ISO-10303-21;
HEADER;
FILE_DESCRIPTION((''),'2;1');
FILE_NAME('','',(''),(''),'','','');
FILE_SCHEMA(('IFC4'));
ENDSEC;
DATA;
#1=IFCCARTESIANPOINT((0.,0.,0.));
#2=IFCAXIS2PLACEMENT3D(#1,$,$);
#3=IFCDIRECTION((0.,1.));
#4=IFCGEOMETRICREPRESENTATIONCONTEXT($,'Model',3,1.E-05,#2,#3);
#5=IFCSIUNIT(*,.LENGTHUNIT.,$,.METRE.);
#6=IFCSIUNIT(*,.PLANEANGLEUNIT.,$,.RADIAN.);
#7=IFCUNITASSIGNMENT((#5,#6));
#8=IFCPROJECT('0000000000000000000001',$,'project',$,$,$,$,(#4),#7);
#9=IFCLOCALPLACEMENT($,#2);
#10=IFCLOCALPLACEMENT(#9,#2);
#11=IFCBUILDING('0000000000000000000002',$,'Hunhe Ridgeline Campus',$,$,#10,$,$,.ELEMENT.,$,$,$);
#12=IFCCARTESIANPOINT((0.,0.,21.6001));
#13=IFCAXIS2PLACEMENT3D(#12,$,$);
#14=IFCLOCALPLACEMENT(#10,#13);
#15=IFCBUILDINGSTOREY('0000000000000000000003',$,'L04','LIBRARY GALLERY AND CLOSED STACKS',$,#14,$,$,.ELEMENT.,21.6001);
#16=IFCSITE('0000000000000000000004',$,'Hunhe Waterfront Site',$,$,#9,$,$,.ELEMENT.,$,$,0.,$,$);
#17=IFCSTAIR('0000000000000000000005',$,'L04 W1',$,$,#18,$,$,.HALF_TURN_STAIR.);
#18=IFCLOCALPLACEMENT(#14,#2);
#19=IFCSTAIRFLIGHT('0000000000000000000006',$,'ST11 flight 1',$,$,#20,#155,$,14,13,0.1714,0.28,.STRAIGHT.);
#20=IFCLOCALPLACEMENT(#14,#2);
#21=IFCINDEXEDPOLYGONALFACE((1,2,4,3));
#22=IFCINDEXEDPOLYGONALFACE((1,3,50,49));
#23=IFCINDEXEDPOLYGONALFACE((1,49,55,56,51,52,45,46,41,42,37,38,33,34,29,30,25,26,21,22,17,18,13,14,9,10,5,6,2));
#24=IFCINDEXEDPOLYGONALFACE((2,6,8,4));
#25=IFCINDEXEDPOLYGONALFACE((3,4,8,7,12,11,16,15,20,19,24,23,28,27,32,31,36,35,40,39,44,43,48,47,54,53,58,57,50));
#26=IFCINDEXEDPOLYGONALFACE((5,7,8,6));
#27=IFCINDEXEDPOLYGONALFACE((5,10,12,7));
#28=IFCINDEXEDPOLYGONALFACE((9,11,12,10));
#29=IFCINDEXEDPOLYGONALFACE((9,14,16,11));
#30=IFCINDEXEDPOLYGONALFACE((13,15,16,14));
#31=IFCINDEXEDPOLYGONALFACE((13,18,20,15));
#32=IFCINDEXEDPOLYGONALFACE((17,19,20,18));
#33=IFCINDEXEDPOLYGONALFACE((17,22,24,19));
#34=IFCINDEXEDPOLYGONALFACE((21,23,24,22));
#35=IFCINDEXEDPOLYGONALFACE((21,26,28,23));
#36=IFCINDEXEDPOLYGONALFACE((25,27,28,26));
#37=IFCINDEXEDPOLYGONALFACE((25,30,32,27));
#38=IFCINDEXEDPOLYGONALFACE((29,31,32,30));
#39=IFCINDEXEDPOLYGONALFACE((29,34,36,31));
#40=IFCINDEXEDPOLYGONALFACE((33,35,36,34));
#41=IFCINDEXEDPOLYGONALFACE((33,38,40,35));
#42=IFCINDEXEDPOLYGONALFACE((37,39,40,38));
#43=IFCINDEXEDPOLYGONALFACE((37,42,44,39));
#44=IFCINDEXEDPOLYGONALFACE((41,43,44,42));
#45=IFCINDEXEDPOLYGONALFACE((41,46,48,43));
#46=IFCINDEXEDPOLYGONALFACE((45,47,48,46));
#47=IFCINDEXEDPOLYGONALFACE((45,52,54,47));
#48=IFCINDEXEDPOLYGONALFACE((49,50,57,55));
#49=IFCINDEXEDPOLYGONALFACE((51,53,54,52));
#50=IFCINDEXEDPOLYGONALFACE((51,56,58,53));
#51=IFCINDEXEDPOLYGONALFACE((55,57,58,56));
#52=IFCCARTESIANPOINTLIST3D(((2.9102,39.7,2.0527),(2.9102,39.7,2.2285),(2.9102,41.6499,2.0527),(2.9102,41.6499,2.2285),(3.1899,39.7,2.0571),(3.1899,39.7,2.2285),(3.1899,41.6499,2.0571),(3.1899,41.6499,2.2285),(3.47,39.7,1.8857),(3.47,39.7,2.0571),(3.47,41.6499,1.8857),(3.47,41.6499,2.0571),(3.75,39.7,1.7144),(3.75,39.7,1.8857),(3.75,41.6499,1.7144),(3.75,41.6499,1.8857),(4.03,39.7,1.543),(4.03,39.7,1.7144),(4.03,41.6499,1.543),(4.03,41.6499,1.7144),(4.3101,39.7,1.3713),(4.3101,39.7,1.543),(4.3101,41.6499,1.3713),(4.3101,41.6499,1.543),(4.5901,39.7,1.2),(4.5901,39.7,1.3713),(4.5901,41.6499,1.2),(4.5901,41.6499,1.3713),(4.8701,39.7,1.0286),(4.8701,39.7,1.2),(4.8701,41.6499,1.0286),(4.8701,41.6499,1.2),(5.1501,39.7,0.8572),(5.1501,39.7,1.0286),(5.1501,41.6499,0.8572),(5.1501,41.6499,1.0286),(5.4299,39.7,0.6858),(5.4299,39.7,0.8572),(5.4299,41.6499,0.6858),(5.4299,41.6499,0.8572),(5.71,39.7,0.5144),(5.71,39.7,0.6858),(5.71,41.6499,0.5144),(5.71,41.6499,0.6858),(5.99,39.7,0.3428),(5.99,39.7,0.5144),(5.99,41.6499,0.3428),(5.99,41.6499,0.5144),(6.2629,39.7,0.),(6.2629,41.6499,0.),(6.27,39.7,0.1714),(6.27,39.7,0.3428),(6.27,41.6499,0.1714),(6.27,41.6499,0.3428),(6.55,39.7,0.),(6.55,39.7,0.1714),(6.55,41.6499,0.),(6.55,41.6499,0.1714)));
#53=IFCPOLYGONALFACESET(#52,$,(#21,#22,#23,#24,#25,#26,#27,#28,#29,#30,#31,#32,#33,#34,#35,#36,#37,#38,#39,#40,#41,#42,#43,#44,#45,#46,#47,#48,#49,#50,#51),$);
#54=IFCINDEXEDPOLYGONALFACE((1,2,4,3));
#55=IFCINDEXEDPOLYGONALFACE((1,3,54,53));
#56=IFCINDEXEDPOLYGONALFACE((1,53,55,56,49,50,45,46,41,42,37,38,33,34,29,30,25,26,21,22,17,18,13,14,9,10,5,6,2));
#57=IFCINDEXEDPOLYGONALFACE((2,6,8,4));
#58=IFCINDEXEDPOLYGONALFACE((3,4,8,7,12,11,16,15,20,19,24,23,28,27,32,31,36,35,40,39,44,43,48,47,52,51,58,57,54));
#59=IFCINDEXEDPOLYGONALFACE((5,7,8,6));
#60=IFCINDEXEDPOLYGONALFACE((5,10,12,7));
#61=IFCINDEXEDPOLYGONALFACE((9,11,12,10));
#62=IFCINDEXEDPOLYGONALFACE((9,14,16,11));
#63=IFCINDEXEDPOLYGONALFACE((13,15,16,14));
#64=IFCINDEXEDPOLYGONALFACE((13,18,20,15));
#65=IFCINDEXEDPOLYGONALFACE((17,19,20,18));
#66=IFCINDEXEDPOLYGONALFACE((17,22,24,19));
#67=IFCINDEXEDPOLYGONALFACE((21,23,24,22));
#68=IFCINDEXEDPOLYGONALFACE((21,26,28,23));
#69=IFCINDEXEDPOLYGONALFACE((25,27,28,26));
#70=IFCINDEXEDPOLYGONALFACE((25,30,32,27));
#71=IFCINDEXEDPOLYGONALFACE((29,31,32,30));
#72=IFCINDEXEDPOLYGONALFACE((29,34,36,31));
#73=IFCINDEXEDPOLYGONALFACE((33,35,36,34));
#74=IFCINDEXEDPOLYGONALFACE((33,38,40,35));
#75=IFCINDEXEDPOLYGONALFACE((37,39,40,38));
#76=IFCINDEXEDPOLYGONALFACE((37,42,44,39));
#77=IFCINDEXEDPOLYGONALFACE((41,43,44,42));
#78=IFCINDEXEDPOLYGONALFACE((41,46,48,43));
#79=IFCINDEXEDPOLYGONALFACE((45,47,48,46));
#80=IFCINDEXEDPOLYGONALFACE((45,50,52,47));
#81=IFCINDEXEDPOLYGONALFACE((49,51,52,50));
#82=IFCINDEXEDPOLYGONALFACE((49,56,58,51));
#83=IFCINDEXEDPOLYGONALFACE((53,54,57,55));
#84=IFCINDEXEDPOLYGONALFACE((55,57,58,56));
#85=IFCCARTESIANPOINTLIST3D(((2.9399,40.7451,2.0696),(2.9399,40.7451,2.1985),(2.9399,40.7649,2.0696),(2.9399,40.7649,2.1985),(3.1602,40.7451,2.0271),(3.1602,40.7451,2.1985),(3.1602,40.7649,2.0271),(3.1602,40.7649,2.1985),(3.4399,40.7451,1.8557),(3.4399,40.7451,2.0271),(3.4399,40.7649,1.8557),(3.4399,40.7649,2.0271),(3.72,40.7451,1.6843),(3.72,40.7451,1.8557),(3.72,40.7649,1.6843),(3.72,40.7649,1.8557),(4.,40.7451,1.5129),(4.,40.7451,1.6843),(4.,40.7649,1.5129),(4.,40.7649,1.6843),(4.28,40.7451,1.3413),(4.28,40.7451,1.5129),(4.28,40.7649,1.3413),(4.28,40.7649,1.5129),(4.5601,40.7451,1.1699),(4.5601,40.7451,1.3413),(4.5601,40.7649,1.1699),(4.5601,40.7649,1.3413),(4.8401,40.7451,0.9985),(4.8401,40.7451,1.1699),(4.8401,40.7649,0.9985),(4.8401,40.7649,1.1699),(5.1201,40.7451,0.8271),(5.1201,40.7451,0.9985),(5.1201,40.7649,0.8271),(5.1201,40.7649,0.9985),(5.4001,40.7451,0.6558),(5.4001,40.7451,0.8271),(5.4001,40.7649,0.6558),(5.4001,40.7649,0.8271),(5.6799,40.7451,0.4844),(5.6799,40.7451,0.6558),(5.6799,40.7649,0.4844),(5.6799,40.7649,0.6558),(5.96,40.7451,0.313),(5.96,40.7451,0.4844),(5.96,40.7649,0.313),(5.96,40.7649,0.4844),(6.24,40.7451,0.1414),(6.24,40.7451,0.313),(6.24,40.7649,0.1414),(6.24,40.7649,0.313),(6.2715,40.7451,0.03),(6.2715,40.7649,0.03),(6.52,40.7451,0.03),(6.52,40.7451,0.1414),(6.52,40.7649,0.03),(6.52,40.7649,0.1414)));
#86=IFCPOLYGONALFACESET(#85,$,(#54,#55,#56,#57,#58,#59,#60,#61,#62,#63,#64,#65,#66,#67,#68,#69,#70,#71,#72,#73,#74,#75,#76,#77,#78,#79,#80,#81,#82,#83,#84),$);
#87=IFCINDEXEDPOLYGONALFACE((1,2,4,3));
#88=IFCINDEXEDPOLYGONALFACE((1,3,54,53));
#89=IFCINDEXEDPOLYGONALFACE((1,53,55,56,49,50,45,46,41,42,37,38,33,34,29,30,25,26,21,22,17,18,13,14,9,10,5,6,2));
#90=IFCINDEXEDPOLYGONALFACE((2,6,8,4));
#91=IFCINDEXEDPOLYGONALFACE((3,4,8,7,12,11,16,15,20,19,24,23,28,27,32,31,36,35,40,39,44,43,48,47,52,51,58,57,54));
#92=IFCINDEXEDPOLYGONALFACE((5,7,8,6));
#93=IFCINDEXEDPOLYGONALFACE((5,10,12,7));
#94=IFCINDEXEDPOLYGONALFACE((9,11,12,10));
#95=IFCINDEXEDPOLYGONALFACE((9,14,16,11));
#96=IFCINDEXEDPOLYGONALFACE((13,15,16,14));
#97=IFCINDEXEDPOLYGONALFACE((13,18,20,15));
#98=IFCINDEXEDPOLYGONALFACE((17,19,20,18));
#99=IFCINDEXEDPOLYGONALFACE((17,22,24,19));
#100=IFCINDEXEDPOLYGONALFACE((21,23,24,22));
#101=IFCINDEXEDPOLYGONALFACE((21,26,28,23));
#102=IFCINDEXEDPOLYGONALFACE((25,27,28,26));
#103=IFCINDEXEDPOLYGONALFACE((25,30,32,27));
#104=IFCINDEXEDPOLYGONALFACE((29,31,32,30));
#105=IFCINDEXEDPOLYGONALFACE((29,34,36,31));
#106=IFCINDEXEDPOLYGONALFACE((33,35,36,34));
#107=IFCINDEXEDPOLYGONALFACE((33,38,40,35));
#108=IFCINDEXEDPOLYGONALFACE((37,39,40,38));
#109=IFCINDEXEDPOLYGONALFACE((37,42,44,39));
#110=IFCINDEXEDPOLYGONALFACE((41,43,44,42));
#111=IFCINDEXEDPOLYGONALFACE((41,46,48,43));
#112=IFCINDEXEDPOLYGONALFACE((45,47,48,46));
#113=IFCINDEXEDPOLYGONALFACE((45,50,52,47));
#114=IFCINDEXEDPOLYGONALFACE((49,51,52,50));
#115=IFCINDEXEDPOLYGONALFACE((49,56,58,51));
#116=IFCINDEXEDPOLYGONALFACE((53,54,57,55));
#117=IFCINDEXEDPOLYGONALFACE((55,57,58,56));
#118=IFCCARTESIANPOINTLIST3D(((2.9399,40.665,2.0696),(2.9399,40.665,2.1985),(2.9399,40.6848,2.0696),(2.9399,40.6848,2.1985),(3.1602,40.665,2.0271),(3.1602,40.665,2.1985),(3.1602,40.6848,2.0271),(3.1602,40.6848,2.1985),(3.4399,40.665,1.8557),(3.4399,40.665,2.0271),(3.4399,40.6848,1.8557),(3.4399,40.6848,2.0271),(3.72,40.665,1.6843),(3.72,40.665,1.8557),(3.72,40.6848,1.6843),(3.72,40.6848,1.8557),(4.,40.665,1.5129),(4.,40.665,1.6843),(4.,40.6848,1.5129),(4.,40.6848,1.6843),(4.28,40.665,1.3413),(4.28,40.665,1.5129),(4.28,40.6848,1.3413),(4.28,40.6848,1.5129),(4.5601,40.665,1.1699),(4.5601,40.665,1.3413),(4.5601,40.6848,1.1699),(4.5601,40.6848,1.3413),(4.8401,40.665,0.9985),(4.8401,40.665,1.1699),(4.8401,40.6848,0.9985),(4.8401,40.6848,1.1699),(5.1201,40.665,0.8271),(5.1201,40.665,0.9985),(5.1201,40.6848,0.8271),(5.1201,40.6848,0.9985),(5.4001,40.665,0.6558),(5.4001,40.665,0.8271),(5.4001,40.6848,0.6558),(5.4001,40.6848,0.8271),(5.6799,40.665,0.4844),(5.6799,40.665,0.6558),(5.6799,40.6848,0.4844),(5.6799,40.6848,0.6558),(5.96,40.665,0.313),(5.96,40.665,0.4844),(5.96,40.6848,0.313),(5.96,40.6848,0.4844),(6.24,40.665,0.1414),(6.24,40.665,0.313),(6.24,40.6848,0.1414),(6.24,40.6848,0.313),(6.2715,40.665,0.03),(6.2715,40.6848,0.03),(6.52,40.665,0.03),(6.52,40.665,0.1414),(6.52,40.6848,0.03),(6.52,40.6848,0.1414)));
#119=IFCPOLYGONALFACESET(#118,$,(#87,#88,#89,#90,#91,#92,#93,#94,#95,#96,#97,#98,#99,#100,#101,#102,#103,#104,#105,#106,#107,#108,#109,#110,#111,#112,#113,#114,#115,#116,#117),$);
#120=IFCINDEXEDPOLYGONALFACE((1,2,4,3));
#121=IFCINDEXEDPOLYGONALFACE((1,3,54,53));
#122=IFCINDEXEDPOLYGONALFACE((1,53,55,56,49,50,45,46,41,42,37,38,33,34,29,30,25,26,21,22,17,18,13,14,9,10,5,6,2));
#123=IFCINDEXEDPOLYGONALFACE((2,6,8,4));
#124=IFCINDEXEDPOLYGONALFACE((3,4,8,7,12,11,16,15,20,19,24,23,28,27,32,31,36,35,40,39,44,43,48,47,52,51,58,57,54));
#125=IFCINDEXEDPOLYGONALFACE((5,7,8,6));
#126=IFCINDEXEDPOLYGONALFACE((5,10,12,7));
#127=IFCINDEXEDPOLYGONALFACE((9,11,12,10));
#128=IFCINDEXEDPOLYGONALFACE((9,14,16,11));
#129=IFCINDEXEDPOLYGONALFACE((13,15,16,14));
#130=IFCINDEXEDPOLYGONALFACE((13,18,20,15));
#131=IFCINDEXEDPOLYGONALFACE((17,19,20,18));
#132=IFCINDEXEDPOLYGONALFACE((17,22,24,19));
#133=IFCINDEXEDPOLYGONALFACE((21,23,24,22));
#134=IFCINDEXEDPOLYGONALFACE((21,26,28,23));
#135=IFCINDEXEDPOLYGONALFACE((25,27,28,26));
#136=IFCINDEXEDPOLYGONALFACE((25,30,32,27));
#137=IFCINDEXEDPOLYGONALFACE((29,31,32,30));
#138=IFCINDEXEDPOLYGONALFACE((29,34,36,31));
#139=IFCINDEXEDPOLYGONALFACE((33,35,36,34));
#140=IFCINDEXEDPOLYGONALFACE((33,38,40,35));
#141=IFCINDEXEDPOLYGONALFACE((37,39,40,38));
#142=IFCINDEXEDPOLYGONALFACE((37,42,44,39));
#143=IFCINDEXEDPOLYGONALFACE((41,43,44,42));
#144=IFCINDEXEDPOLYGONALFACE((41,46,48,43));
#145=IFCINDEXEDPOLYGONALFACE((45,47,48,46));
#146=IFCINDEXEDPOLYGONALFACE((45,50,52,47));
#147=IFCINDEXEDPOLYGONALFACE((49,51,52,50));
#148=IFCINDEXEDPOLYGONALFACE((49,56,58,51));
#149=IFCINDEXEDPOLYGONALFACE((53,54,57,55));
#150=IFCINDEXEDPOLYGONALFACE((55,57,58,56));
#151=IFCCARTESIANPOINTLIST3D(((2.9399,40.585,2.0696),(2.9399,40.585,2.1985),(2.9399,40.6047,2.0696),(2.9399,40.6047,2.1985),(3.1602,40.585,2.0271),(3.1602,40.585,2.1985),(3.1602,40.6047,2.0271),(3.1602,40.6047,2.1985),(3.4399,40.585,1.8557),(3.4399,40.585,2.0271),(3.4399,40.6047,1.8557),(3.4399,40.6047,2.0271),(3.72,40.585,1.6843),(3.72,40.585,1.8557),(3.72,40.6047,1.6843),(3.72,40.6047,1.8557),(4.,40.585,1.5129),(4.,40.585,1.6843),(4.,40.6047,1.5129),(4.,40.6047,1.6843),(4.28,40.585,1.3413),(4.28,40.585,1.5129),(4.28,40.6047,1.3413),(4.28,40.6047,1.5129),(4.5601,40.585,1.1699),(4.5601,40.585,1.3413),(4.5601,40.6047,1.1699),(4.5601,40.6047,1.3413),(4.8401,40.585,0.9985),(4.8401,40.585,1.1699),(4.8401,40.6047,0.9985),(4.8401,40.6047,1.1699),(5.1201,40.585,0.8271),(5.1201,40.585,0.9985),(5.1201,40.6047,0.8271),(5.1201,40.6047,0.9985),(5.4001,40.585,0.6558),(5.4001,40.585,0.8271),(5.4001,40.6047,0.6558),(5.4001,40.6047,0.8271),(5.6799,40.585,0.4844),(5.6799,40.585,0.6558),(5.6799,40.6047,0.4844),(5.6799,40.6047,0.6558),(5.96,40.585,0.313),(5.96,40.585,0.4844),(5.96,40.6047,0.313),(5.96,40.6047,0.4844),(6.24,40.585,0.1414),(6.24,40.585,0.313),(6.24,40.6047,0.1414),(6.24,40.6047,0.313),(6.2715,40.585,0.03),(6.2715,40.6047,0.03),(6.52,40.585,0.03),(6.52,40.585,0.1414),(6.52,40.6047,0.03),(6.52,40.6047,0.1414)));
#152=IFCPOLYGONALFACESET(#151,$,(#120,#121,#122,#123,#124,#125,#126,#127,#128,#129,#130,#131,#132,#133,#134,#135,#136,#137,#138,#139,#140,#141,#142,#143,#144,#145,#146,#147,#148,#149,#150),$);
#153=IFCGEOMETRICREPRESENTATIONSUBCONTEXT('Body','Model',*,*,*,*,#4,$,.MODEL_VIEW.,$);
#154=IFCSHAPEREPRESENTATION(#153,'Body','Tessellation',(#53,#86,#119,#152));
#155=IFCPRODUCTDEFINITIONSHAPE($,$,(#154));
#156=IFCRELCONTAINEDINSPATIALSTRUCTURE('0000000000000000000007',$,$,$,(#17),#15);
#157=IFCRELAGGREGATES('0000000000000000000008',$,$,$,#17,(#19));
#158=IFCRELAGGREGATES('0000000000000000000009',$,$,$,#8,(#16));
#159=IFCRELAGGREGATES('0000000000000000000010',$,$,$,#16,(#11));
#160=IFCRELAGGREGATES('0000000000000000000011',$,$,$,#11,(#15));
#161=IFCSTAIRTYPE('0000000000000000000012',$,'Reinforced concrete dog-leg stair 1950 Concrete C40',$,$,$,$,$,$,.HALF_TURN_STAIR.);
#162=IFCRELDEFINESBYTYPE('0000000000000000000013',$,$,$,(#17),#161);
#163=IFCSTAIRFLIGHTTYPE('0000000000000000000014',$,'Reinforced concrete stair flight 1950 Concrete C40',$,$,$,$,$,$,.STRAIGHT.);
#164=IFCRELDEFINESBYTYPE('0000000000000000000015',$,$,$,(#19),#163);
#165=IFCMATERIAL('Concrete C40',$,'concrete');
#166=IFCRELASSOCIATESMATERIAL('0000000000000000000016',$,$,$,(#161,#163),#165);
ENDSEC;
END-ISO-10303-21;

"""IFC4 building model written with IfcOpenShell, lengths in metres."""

from ifc_helpers import new_model, si_unit, direction, frame, origin, place, context, subcontext, project, spatial, polyline, outline, extrude, material, type_object, element, aggregate, save


model = new_model("IFC4")

# Units and contexts
model_context = context("Model", 3, precision=1e-05, world=origin(), true_north=direction((0.0, 1.0)))
body_context = subcontext(model_context, "Body", "Model", "MODEL_VIEW")
ifc_project = project(units=[si_unit("LENGTHUNIT", "METRE"), si_unit("PLANEANGLEUNIT", "RADIAN")], contexts=[model_context])

# Site, building, storey
site_placement = place(None, origin())
site = spatial("IfcSite", under=ifc_project, at=site_placement, Name="Hunhe Waterfront Site", CompositionType="ELEMENT", RefElevation=0.0)
building_placement = place(site_placement, origin())
building = spatial("IfcBuilding", under=site, at=building_placement, Name="Hunhe Ridgeline Campus", CompositionType="ELEMENT")
storey_placement = place(building_placement, frame((0.0, 0.0, 21.6001)))
storey = spatial("IfcBuildingStorey", under=building, at=storey_placement, Name="L04", Description="LIBRARY GALLERY AND CLOSED STACKS", CompositionType="ELEMENT", Elevation=21.6001)

# Stair, stair flight
ifc_material_1 = material(Name="Concrete C40", Category="concrete")
stair_type = type_object("IfcStairType", Name="Reinforced concrete dog-leg stair 1950 Concrete C40", PredefinedType="HALF_TURN_STAIR", material=ifc_material_1)
stair_1_placement = place(storey_placement, origin())
stair_1 = element("IfcStair", 1, at=stair_1_placement, inside=storey, type_object=stair_type, Name="L04 W1", PredefinedType="HALF_TURN_STAIR")
stair_flight_type = type_object("IfcStairFlightType", Name="Reinforced concrete stair flight 1950 Concrete C40", PredefinedType="STRAIGHT", material=ifc_material_1)
stair_flight_1_placement = place(storey_placement, frame((6.55, 40.675, 0.0), z_axis=(0.0, 0.0, 1.0), x_axis=(-1.0, 0.0, 0.0)))
stair_flight_1 = element("IfcStairFlight", 2, at=stair_flight_1_placement, type_object=stair_flight_type, Name="ST11 flight 1", NumberOfRisers=14, NumberOfTreads=13, PredefinedType="STRAIGHT", RiserHeight=0.1714, TreadLength=0.28, context=body_context, shape_type="SweptSolid", body=[
    extrude(outline(polyline([(0.0, 0.0), (0.0, 0.1714), (0.28, 0.1714), (0.28, 0.3428), (0.5601, 0.3428), (0.5601, 0.5144), (0.8401, 0.5144), (0.8401, 0.6858), (1.1201, 0.6858), (1.1201, 0.8572), (1.3999, 0.8572), (1.3999, 1.0286), (1.6799, 1.0286), (1.6799, 1.2), (1.96, 1.2), (1.96, 1.3713), (2.24, 1.3713), (2.24, 1.543), (2.52, 1.543), (2.52, 1.7144), (2.8, 1.7144), (2.8, 1.8857), (3.0801, 1.8857), (3.0801, 2.0571), (3.3601, 2.0571), (3.3601, 2.2285), (3.6399, 2.2285), (3.6399, 2.3999), (3.6399, 2.0527), (0.2871, 0.0), (0.0, 0.0)])), frame((0.0, 0.9751, 0.0), z_axis=(0.0, -1.0, 0.0), x_axis=(1.0, 0.0, 0.0)), (0.0, 0.0, 1.0), 1.95),
    extrude(outline(polyline([(0.03, 0.03), (0.03, 0.1414), (0.3101, 0.1414), (0.3101, 0.313), (0.5901, 0.313), (0.5901, 0.4844), (0.8701, 0.4844), (0.8701, 0.6558), (1.1499, 0.6558), (1.1499, 0.8271), (1.4299, 0.8271), (1.4299, 0.9985), (1.71, 0.9985), (1.71, 1.1699), (1.99, 1.1699), (1.99, 1.3413), (2.27, 1.3413), (2.27, 1.5129), (2.55, 1.5129), (2.55, 1.6843), (2.8301, 1.6843), (2.8301, 1.8557), (3.1101, 1.8557), (3.1101, 2.0271), (3.3899, 2.0271), (3.3899, 2.1985), (3.6101, 2.1985), (3.6101, 2.0696), (0.2786, 0.03), (0.03, 0.03)])), frame((0.0, -0.0701, 0.0), z_axis=(0.0, -1.0, 0.0), x_axis=(1.0, 0.0, 0.0)), (0.0, 0.0, 1.0), 0.0198),
    extrude(outline(polyline([(0.03, 0.03), (0.03, 0.1414), (0.3101, 0.1414), (0.3101, 0.313), (0.5901, 0.313), (0.5901, 0.4844), (0.8701, 0.4844), (0.8701, 0.6558), (1.1499, 0.6558), (1.1499, 0.8271), (1.4299, 0.8271), (1.4299, 0.9985), (1.71, 0.9985), (1.71, 1.1699), (1.99, 1.1699), (1.99, 1.3413), (2.27, 1.3413), (2.27, 1.5129), (2.55, 1.5129), (2.55, 1.6843), (2.8301, 1.6843), (2.8301, 1.8557), (3.1101, 1.8557), (3.1101, 2.0271), (3.3899, 2.0271), (3.3899, 2.1985), (3.6101, 2.1985), (3.6101, 2.0696), (0.2786, 0.03), (0.03, 0.03)])), frame((0.0, 0.01, 0.0), z_axis=(0.0, -1.0, 0.0), x_axis=(1.0, 0.0, 0.0)), (0.0, 0.0, 1.0), 0.0198),
    extrude(outline(polyline([(0.03, 0.03), (0.03, 0.1414), (0.3101, 0.1414), (0.3101, 0.313), (0.5901, 0.313), (0.5901, 0.4844), (0.8701, 0.4844), (0.8701, 0.6558), (1.1499, 0.6558), (1.1499, 0.8271), (1.4299, 0.8271), (1.4299, 0.9985), (1.71, 0.9985), (1.71, 1.1699), (1.99, 1.1699), (1.99, 1.3413), (2.27, 1.3413), (2.27, 1.5129), (2.55, 1.5129), (2.55, 1.6843), (2.8301, 1.6843), (2.8301, 1.8557), (3.1101, 1.8557), (3.1101, 2.0271), (3.3899, 2.0271), (3.3899, 2.1985), (3.6101, 2.1985), (3.6101, 2.0696), (0.2786, 0.03), (0.03, 0.03)])), frame((0.0, 0.0901, 0.0), z_axis=(0.0, -1.0, 0.0), x_axis=(1.0, 0.0, 0.0)), (0.0, 0.0, 1.0), 0.0198),
])
aggregate(stair_1, [stair_flight_1])

save(model, "model.ifc")
